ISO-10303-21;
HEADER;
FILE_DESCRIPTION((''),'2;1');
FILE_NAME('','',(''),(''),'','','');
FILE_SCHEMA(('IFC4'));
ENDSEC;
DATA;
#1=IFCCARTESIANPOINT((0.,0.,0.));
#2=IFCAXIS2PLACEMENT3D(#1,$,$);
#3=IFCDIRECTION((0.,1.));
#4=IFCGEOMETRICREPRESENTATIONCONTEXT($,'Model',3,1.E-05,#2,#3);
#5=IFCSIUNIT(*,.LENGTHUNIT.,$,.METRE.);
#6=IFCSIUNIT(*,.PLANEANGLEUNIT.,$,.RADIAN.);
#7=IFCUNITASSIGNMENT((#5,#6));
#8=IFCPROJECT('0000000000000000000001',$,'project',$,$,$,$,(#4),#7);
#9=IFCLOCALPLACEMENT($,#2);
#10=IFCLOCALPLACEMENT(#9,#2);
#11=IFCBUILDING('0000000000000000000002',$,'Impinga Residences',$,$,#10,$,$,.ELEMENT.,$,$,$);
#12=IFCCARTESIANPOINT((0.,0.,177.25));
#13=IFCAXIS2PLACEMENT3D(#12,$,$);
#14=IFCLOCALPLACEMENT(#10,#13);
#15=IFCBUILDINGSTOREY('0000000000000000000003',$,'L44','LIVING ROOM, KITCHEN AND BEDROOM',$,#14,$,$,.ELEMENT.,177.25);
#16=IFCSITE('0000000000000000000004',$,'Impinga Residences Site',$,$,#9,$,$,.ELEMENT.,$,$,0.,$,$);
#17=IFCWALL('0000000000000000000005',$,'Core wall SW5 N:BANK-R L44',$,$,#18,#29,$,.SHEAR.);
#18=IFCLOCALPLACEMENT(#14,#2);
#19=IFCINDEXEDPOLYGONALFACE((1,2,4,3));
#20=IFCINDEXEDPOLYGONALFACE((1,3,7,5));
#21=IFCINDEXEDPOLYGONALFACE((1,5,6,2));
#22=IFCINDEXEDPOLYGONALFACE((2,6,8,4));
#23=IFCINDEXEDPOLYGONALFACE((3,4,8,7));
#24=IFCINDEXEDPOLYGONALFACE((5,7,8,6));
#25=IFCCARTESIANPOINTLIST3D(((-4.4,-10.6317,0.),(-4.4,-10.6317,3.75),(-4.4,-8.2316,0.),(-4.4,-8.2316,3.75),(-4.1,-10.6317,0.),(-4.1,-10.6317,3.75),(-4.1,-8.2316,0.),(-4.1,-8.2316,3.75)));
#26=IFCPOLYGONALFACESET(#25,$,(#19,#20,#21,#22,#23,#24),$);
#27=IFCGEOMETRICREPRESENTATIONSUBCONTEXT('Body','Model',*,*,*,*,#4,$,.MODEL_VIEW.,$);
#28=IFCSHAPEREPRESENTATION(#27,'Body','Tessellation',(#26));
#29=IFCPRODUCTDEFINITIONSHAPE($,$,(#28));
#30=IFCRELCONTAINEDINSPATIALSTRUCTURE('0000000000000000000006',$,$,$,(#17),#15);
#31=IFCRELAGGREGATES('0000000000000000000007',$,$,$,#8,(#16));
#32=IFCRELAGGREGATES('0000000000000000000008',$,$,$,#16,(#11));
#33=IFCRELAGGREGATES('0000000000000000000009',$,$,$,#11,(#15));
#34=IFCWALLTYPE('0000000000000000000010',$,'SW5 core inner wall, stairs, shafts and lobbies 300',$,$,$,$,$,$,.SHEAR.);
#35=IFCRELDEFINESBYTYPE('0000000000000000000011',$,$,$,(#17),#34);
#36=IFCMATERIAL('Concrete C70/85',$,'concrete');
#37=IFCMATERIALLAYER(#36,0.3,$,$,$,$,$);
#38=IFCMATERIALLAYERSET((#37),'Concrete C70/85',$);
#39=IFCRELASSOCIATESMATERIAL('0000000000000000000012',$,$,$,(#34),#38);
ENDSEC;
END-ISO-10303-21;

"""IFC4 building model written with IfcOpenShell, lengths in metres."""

from ifc_helpers import new_model, si_unit, direction, frame, frame_2d, origin, place, context, subcontext, project, spatial, rectangle, extrude, material, layer, layer_set, type_object, element, save


model = new_model("IFC4")

# Units and contexts
model_context = context("Model", 3, precision=1e-05, world=origin(), true_north=direction((0.0, 1.0)))
body_context = subcontext(model_context, "Body", "Model", "MODEL_VIEW")
ifc_project = project(units=[si_unit("LENGTHUNIT", "METRE"), si_unit("PLANEANGLEUNIT", "RADIAN")], contexts=[model_context])

# Site, building, storey
site_placement = place(None, origin())
site = spatial("IfcSite", under=ifc_project, at=site_placement, Name="Impinga Residences Site", CompositionType="ELEMENT", RefElevation=0.0)
building_placement = place(site_placement, origin())
building = spatial("IfcBuilding", under=site, at=building_placement, Name="Impinga Residences", CompositionType="ELEMENT")
storey_placement = place(building_placement, frame((0.0, 0.0, 177.25)))
storey = spatial("IfcBuildingStorey", under=building, at=storey_placement, Name="L44", Description="LIVING ROOM, KITCHEN AND BEDROOM", CompositionType="ELEMENT", Elevation=177.25)

# Shared definitions
ifc_material_1 = material(Name="Concrete C70/85", Category="concrete")
ifc_layer_1 = layer(ifc_material_1, 0.3)
ifc_layer_set_1 = layer_set([ifc_layer_1], Name="Concrete C70/85")
wall_type_1 = type_object("IfcWallType", Name="SW5 core inner wall, stairs, shafts and lobbies 300", PredefinedType="SHEAR", material=ifc_layer_set_1)

# Wall
wall_1_placement = place(storey_placement, frame((-4.25, -8.2314, 0.0), z_axis=(0.0, 0.0, 1.0), x_axis=(0.0, -1.0, 0.0)))
element("IfcWall", 1, at=wall_1_placement, inside=storey, type_object=wall_type_1, Name="Core wall SW5 N:BANK-R L44", PredefinedType="SHEAR", context=body_context, shape_type="SweptSolid", body=[
    extrude(rectangle(XDim=2.4001, YDim=0.3, at=frame_2d((1.2002, 0.0))), origin(), (0.0, 0.0, 1.0), 3.75),
])

save(model, "model.ifc")
